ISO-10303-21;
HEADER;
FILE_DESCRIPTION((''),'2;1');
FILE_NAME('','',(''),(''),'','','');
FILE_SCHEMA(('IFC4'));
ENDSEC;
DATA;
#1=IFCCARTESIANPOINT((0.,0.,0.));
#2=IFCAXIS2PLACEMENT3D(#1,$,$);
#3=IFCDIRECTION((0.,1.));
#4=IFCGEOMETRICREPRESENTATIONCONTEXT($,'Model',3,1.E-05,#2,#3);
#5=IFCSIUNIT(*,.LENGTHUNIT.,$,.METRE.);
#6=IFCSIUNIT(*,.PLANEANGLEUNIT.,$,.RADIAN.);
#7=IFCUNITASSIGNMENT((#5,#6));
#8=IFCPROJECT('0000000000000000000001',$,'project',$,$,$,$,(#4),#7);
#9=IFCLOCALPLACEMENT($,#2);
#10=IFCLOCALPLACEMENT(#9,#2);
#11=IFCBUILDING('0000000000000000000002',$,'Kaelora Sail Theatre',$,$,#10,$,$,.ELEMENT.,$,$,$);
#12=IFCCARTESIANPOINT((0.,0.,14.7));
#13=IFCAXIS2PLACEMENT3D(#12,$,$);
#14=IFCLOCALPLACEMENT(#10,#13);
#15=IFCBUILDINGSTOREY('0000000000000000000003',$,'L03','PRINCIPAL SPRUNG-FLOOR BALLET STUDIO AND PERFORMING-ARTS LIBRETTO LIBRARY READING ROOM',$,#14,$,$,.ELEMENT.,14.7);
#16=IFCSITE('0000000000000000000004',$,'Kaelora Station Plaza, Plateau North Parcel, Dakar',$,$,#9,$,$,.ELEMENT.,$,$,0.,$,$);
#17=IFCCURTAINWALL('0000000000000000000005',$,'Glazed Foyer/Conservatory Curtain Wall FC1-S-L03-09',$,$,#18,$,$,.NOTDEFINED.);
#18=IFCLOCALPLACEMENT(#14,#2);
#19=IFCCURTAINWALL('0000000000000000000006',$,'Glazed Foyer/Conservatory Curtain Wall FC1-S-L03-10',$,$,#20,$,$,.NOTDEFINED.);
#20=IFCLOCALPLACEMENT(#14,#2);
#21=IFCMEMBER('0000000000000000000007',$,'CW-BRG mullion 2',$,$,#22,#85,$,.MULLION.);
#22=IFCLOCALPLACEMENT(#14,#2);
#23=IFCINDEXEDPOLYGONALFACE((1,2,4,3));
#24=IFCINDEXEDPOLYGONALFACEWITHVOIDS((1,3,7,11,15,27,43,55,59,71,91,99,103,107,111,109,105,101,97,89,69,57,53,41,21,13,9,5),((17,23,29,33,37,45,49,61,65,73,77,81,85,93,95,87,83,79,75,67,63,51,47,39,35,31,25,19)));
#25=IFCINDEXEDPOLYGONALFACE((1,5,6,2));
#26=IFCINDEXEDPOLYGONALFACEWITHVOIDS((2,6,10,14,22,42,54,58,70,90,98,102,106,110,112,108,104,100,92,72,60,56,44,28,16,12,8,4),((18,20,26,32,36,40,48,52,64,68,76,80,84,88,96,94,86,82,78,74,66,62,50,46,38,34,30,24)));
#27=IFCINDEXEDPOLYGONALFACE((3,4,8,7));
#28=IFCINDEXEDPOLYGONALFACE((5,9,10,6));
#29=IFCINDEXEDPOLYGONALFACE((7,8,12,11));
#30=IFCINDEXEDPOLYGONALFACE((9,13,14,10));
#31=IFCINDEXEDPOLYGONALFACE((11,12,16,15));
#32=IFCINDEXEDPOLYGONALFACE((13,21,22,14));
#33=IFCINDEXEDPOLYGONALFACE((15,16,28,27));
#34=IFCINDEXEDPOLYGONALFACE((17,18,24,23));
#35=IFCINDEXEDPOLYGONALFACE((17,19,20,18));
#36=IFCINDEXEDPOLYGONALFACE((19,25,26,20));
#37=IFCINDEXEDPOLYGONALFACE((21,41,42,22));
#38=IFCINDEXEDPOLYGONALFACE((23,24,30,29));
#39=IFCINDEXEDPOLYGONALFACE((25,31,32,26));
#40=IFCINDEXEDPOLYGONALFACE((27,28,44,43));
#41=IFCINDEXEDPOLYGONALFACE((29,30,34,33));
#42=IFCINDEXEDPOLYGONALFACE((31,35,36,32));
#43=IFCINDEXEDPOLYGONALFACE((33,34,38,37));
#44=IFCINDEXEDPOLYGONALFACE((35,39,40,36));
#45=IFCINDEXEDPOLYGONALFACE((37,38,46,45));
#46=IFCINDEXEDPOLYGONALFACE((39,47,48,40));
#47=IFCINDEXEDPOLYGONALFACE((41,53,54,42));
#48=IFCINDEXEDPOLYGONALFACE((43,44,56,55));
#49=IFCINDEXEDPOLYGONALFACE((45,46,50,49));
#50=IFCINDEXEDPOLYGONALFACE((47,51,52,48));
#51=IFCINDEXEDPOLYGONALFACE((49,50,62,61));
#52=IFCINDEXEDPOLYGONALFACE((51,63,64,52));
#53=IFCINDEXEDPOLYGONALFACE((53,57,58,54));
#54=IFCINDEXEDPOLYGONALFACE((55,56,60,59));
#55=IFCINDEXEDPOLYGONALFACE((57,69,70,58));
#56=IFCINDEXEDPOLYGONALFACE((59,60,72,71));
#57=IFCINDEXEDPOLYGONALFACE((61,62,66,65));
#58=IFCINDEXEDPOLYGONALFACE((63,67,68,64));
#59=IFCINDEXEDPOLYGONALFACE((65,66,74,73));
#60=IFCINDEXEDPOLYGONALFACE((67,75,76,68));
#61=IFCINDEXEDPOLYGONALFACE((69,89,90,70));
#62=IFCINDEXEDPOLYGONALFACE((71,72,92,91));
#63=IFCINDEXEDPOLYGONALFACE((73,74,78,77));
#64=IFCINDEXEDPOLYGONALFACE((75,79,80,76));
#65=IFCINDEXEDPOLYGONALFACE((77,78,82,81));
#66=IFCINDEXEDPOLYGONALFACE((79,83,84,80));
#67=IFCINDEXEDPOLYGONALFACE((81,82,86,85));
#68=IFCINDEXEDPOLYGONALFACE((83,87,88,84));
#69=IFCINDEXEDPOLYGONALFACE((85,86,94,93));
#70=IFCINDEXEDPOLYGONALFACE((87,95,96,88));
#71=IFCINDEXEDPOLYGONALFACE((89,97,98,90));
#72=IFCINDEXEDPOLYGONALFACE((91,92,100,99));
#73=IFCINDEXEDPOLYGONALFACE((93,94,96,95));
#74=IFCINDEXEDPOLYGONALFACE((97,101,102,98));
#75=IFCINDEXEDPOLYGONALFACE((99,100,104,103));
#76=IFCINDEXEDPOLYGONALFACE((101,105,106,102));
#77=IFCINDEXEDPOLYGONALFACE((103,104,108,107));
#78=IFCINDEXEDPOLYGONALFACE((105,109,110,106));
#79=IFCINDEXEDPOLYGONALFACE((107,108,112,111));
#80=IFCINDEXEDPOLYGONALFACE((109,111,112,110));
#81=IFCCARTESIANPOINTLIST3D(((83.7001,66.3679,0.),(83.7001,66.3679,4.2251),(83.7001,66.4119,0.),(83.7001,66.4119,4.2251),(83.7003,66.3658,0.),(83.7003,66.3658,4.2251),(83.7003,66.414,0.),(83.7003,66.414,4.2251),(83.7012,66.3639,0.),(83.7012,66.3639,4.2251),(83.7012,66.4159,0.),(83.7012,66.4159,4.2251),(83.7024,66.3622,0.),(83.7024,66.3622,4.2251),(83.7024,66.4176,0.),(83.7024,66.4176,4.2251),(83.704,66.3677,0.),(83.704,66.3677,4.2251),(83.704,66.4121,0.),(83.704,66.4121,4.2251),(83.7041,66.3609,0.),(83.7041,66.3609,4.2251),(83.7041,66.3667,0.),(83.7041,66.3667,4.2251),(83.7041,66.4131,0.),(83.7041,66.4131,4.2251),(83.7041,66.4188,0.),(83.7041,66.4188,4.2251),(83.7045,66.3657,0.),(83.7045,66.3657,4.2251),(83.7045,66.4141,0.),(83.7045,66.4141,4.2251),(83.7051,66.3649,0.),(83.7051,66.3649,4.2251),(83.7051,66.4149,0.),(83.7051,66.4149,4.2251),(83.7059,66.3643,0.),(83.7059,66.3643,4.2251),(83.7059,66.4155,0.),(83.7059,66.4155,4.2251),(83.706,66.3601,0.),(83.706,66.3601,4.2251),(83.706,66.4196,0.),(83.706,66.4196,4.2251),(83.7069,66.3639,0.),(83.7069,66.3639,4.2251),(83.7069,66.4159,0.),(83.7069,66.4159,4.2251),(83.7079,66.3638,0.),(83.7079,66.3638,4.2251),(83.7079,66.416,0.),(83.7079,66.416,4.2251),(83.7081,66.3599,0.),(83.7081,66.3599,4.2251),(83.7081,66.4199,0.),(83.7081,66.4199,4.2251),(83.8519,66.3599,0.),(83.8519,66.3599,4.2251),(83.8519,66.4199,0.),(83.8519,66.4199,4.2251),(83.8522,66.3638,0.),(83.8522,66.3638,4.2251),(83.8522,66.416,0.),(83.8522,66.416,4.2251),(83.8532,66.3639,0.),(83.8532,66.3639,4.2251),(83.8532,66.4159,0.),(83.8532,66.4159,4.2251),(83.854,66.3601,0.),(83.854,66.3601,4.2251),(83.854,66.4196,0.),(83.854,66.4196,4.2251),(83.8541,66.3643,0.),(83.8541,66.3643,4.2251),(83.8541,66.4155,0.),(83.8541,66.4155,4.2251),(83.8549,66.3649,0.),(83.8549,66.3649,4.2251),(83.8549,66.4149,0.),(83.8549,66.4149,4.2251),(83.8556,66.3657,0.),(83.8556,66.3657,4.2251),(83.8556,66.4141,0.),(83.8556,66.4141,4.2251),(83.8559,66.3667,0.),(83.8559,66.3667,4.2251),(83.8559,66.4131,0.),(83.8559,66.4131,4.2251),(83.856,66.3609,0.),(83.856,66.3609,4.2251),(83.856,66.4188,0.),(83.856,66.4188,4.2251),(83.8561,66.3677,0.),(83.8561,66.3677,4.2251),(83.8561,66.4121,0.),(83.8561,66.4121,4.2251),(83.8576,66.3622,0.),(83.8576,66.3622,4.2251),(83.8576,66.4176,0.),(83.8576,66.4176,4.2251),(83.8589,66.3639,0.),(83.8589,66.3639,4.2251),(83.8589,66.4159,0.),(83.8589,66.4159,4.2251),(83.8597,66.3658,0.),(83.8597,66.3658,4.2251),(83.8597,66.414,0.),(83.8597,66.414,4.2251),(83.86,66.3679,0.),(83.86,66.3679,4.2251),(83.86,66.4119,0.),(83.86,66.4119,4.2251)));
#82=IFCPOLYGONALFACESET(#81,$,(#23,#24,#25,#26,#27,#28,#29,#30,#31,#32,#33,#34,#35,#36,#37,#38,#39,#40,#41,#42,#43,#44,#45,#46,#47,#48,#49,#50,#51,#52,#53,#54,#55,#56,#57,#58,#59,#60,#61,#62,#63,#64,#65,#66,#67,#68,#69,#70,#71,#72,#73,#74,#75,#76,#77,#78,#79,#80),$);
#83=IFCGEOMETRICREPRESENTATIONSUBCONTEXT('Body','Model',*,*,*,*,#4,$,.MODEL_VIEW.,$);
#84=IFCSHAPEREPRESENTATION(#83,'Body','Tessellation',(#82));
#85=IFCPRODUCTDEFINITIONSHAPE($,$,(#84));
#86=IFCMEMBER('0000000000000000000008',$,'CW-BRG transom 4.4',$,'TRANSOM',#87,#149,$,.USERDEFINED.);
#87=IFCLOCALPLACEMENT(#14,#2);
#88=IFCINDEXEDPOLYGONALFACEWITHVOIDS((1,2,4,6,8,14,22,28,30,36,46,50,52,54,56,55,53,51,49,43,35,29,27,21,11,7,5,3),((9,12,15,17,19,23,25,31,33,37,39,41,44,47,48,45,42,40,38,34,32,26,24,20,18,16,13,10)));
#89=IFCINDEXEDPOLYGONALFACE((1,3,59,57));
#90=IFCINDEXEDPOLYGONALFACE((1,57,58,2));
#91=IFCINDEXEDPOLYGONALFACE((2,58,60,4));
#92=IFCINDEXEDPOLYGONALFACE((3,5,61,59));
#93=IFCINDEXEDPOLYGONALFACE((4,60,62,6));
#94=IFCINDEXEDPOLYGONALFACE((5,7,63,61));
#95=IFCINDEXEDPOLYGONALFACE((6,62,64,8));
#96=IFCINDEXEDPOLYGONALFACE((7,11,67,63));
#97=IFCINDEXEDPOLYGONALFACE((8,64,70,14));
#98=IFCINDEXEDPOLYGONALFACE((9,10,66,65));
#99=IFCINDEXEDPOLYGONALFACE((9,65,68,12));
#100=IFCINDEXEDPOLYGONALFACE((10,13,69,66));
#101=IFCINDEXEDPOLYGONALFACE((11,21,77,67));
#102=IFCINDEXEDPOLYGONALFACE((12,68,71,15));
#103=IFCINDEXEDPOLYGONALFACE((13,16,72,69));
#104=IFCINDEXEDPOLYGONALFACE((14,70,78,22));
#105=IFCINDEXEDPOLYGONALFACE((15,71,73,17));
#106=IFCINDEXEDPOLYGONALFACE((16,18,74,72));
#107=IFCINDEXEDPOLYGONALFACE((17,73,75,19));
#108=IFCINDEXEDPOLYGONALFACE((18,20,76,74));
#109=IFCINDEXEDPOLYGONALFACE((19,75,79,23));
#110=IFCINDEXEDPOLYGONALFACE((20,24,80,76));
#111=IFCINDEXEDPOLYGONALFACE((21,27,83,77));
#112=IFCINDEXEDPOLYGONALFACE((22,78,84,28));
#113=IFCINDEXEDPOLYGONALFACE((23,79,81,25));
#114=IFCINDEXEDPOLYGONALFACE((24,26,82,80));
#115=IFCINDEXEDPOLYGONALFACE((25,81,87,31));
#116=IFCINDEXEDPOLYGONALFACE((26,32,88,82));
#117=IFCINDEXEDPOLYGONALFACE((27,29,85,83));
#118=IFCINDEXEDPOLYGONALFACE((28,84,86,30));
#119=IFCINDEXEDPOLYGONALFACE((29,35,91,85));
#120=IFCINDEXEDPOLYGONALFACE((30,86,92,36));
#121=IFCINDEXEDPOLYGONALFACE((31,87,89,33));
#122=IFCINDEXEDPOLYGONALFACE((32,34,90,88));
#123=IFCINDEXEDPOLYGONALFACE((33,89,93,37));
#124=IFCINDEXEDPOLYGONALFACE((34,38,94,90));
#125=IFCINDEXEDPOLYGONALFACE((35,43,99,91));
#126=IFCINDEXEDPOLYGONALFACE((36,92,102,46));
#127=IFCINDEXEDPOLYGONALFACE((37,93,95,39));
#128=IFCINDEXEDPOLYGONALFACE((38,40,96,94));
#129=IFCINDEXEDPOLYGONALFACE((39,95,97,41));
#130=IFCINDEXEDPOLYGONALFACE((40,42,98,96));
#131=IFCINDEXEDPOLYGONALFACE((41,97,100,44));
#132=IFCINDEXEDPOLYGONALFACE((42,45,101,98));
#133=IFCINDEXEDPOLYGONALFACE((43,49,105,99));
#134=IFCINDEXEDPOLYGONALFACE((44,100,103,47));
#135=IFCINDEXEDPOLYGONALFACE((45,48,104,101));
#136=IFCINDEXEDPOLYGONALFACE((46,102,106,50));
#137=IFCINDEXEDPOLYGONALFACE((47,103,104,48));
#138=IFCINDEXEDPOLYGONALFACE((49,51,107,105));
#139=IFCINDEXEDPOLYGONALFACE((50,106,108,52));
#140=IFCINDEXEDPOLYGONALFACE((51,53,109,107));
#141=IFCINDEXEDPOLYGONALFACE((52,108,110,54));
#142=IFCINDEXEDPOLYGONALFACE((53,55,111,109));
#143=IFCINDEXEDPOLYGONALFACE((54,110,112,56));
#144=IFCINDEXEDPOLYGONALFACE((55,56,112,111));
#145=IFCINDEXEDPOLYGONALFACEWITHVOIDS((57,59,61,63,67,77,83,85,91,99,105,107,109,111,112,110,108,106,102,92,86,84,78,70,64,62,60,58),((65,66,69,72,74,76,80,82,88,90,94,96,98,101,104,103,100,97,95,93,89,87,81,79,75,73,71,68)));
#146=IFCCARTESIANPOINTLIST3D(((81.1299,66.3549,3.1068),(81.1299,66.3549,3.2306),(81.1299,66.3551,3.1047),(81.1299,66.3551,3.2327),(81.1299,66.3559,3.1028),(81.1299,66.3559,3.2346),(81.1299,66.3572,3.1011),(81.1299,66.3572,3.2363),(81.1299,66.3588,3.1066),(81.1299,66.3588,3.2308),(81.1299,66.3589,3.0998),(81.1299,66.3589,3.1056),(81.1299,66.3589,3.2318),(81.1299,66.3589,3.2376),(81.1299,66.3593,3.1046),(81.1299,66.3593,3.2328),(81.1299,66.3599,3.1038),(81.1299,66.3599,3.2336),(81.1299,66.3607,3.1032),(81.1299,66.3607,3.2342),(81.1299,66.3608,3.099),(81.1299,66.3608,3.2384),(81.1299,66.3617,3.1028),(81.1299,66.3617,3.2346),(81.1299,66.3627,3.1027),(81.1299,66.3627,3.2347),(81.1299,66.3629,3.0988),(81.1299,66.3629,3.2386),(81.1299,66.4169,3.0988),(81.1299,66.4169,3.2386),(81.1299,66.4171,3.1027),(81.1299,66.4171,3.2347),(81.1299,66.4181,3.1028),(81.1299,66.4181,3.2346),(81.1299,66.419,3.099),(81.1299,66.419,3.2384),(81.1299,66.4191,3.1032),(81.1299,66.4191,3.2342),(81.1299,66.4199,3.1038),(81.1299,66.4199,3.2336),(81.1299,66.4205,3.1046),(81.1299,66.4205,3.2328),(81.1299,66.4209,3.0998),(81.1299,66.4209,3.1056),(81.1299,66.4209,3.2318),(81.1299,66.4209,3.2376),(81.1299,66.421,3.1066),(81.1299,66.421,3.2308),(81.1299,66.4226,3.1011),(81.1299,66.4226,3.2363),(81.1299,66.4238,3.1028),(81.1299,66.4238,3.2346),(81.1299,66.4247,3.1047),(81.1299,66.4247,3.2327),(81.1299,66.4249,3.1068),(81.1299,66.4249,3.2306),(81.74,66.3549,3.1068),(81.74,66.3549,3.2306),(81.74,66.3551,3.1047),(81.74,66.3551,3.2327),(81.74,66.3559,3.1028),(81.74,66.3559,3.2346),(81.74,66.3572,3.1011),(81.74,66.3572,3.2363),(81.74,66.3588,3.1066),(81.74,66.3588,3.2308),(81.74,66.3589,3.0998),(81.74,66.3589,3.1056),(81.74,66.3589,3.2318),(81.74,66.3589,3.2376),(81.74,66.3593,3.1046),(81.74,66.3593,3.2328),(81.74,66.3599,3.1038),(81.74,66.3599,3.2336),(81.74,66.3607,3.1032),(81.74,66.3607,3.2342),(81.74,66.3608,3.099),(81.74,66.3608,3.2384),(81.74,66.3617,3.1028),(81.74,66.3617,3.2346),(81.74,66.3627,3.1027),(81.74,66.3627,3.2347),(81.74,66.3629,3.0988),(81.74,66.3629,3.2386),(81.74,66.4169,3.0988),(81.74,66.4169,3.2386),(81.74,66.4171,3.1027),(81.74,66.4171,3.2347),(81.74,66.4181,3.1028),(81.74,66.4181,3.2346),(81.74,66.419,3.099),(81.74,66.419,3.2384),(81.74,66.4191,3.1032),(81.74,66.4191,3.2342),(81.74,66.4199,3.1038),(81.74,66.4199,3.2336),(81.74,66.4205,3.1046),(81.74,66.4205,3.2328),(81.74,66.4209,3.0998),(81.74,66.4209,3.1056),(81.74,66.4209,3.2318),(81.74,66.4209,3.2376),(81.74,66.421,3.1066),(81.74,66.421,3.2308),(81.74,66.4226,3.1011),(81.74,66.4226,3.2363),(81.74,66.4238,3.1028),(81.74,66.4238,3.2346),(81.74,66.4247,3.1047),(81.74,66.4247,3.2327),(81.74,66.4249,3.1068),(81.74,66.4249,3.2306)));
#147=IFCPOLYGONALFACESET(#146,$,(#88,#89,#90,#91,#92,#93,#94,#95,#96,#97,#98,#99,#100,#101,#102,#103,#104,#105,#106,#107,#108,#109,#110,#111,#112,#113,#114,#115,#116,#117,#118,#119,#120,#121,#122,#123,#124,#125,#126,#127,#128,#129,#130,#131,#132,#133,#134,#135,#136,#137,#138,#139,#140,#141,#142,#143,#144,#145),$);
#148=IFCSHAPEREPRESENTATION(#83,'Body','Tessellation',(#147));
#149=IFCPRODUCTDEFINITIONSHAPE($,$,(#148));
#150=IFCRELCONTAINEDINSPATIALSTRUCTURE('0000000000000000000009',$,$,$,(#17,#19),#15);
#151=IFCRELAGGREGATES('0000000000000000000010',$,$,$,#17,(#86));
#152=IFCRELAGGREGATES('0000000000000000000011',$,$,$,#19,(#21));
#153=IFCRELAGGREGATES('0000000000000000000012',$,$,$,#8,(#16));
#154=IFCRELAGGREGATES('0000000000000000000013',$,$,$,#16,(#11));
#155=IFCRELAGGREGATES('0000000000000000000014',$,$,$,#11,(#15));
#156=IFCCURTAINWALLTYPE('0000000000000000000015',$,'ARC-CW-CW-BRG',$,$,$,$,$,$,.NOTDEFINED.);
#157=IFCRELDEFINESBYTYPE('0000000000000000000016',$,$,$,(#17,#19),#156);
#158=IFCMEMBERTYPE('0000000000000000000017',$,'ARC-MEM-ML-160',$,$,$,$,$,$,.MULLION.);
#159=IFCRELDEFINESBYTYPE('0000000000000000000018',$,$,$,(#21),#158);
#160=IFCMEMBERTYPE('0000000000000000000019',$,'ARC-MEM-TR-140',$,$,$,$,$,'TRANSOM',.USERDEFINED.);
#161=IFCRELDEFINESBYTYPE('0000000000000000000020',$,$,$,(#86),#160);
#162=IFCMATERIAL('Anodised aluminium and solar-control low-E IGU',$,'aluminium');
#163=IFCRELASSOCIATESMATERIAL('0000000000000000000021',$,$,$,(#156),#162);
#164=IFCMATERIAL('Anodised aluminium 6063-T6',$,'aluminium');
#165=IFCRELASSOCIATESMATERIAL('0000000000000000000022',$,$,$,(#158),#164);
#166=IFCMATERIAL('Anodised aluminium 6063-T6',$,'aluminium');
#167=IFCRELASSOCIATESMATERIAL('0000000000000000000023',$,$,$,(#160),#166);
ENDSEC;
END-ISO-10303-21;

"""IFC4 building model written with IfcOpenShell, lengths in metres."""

from ifc_helpers import new_model, si_unit, direction, frame, origin, origin_2d, place, context, subcontext, project, spatial, hollow_rectangle, extrude, material, material_profile, profile_set, type_object, element, aggregate, save


model = new_model("IFC4")

# Units and contexts
model_context = context("Model", 3, precision=1e-05, world=origin(), true_north=direction((0.0, 1.0)))
body_context = subcontext(model_context, "Body", "Model", "MODEL_VIEW")
ifc_project = project(units=[si_unit("LENGTHUNIT", "METRE"), si_unit("PLANEANGLEUNIT", "RADIAN")], contexts=[model_context])

# Site, building, storey
site_placement = place(None, origin())
site = spatial("IfcSite", under=ifc_project, at=site_placement, Name="Kaelora Station Plaza, Plateau North Parcel, Dakar", CompositionType="ELEMENT", RefElevation=0.0)
building_placement = place(site_placement, origin())
building = spatial("IfcBuilding", under=site, at=building_placement, Name="Kaelora Sail Theatre", CompositionType="ELEMENT")
storey_placement = place(building_placement, frame((0.0, 0.0, 14.7)))
storey = spatial("IfcBuildingStorey", under=building, at=storey_placement, Name="L03", Description="PRINCIPAL SPRUNG-FLOOR BALLET STUDIO AND PERFORMING-ARTS LIBRETTO LIBRARY READING ROOM", CompositionType="ELEMENT", Elevation=14.7)

# Curtain wall
ifc_material_1 = material(Name="Anodised aluminium and solar-control low-E IGU", Category="aluminium")
curtain_wall_type = type_object("IfcCurtainWallType", Name="ARC-CW-CW-BRG", PredefinedType="NOTDEFINED", material=ifc_material_1)
curtain_wall_1_placement = place(storey_placement, origin())
curtain_wall_1 = element("IfcCurtainWall", 1, at=curtain_wall_1_placement, inside=storey, type_object=curtain_wall_type, Name="Glazed Foyer/Conservatory Curtain Wall FC1-S-L03-09", PredefinedType="NOTDEFINED")
ifc_material_2 = material(Name="Anodised aluminium 6063-T6", Category="aluminium")
ifc_material_profile_1 = material_profile(ifc_material_2, hollow_rectangle(XDim=0.0601, YDim=0.1599, WallThickness=0.0039, InnerFilletRadius=0.0039, OuterFilletRadius=0.0081, at=origin_2d()), Name="ALU-MULL 60x160x4")
ifc_profile_set_1 = profile_set([ifc_material_profile_1], Name="Anodised aluminium 6063-T6")
member_type_1 = type_object("IfcMemberType", Name="ARC-MEM-ML-160", PredefinedType="MULLION", material=ifc_profile_set_1)

# Curtain wall, member
curtain_wall_2_placement = place(storey_placement, origin())
curtain_wall_2 = element("IfcCurtainWall", 2, at=curtain_wall_2_placement, inside=storey, type_object=curtain_wall_type, Name="Glazed Foyer/Conservatory Curtain Wall FC1-S-L03-10", PredefinedType="NOTDEFINED")
member_1_placement = place(storey_placement, frame((83.78, 66.3899, 0.0), z_axis=(0.0, 0.0, 1.0), x_axis=(0.0, 1.0, 0.0)))
member_1 = element("IfcMember", 3, at=member_1_placement, type_object=member_type_1, Name="CW-BRG mullion 2", PredefinedType="MULLION", context=body_context, shape_type="SweptSolid", body=[
    extrude(hollow_rectangle(XDim=0.0601, YDim=0.1599, WallThickness=0.0039, InnerFilletRadius=0.0039, OuterFilletRadius=0.0081, at=origin_2d()), origin(), (0.0, 0.0, 1.0), 4.2251),
])

# Member
ifc_material_3 = material(Name="Anodised aluminium 6063-T6", Category="aluminium")
ifc_material_profile_2 = material_profile(ifc_material_3, hollow_rectangle(XDim=0.0701, YDim=0.1399, WallThickness=0.0039, InnerFilletRadius=0.0039, OuterFilletRadius=0.0081, at=origin_2d()), Name="ALU-TRAN 70x140x4")
ifc_profile_set_2 = profile_set([ifc_material_profile_2], Name="Anodised aluminium 6063-T6")
member_type_2 = type_object("IfcMemberType", Name="ARC-MEM-TR-140", ElementType="TRANSOM", PredefinedType="USERDEFINED", material=ifc_profile_set_2)
member_2_placement = place(storey_placement, frame((81.1299, 66.3899, 3.1687), z_axis=(1.0, 0.0, 0.0), x_axis=(0.0, 1.0, 0.0)))
member_2 = element("IfcMember", 4, at=member_2_placement, type_object=member_type_2, Name="CW-BRG transom 4.4", ObjectType="TRANSOM", PredefinedType="USERDEFINED", context=body_context, shape_type="SweptSolid", body=[
    extrude(hollow_rectangle(XDim=0.0701, YDim=0.1399, WallThickness=0.0039, InnerFilletRadius=0.0039, OuterFilletRadius=0.0081, at=origin_2d()), origin(), (0.0, 0.0, 1.0), 0.6101),
])

aggregate(curtain_wall_1, [member_2])
aggregate(curtain_wall_2, [member_1])

save(model, "model.ifc")
